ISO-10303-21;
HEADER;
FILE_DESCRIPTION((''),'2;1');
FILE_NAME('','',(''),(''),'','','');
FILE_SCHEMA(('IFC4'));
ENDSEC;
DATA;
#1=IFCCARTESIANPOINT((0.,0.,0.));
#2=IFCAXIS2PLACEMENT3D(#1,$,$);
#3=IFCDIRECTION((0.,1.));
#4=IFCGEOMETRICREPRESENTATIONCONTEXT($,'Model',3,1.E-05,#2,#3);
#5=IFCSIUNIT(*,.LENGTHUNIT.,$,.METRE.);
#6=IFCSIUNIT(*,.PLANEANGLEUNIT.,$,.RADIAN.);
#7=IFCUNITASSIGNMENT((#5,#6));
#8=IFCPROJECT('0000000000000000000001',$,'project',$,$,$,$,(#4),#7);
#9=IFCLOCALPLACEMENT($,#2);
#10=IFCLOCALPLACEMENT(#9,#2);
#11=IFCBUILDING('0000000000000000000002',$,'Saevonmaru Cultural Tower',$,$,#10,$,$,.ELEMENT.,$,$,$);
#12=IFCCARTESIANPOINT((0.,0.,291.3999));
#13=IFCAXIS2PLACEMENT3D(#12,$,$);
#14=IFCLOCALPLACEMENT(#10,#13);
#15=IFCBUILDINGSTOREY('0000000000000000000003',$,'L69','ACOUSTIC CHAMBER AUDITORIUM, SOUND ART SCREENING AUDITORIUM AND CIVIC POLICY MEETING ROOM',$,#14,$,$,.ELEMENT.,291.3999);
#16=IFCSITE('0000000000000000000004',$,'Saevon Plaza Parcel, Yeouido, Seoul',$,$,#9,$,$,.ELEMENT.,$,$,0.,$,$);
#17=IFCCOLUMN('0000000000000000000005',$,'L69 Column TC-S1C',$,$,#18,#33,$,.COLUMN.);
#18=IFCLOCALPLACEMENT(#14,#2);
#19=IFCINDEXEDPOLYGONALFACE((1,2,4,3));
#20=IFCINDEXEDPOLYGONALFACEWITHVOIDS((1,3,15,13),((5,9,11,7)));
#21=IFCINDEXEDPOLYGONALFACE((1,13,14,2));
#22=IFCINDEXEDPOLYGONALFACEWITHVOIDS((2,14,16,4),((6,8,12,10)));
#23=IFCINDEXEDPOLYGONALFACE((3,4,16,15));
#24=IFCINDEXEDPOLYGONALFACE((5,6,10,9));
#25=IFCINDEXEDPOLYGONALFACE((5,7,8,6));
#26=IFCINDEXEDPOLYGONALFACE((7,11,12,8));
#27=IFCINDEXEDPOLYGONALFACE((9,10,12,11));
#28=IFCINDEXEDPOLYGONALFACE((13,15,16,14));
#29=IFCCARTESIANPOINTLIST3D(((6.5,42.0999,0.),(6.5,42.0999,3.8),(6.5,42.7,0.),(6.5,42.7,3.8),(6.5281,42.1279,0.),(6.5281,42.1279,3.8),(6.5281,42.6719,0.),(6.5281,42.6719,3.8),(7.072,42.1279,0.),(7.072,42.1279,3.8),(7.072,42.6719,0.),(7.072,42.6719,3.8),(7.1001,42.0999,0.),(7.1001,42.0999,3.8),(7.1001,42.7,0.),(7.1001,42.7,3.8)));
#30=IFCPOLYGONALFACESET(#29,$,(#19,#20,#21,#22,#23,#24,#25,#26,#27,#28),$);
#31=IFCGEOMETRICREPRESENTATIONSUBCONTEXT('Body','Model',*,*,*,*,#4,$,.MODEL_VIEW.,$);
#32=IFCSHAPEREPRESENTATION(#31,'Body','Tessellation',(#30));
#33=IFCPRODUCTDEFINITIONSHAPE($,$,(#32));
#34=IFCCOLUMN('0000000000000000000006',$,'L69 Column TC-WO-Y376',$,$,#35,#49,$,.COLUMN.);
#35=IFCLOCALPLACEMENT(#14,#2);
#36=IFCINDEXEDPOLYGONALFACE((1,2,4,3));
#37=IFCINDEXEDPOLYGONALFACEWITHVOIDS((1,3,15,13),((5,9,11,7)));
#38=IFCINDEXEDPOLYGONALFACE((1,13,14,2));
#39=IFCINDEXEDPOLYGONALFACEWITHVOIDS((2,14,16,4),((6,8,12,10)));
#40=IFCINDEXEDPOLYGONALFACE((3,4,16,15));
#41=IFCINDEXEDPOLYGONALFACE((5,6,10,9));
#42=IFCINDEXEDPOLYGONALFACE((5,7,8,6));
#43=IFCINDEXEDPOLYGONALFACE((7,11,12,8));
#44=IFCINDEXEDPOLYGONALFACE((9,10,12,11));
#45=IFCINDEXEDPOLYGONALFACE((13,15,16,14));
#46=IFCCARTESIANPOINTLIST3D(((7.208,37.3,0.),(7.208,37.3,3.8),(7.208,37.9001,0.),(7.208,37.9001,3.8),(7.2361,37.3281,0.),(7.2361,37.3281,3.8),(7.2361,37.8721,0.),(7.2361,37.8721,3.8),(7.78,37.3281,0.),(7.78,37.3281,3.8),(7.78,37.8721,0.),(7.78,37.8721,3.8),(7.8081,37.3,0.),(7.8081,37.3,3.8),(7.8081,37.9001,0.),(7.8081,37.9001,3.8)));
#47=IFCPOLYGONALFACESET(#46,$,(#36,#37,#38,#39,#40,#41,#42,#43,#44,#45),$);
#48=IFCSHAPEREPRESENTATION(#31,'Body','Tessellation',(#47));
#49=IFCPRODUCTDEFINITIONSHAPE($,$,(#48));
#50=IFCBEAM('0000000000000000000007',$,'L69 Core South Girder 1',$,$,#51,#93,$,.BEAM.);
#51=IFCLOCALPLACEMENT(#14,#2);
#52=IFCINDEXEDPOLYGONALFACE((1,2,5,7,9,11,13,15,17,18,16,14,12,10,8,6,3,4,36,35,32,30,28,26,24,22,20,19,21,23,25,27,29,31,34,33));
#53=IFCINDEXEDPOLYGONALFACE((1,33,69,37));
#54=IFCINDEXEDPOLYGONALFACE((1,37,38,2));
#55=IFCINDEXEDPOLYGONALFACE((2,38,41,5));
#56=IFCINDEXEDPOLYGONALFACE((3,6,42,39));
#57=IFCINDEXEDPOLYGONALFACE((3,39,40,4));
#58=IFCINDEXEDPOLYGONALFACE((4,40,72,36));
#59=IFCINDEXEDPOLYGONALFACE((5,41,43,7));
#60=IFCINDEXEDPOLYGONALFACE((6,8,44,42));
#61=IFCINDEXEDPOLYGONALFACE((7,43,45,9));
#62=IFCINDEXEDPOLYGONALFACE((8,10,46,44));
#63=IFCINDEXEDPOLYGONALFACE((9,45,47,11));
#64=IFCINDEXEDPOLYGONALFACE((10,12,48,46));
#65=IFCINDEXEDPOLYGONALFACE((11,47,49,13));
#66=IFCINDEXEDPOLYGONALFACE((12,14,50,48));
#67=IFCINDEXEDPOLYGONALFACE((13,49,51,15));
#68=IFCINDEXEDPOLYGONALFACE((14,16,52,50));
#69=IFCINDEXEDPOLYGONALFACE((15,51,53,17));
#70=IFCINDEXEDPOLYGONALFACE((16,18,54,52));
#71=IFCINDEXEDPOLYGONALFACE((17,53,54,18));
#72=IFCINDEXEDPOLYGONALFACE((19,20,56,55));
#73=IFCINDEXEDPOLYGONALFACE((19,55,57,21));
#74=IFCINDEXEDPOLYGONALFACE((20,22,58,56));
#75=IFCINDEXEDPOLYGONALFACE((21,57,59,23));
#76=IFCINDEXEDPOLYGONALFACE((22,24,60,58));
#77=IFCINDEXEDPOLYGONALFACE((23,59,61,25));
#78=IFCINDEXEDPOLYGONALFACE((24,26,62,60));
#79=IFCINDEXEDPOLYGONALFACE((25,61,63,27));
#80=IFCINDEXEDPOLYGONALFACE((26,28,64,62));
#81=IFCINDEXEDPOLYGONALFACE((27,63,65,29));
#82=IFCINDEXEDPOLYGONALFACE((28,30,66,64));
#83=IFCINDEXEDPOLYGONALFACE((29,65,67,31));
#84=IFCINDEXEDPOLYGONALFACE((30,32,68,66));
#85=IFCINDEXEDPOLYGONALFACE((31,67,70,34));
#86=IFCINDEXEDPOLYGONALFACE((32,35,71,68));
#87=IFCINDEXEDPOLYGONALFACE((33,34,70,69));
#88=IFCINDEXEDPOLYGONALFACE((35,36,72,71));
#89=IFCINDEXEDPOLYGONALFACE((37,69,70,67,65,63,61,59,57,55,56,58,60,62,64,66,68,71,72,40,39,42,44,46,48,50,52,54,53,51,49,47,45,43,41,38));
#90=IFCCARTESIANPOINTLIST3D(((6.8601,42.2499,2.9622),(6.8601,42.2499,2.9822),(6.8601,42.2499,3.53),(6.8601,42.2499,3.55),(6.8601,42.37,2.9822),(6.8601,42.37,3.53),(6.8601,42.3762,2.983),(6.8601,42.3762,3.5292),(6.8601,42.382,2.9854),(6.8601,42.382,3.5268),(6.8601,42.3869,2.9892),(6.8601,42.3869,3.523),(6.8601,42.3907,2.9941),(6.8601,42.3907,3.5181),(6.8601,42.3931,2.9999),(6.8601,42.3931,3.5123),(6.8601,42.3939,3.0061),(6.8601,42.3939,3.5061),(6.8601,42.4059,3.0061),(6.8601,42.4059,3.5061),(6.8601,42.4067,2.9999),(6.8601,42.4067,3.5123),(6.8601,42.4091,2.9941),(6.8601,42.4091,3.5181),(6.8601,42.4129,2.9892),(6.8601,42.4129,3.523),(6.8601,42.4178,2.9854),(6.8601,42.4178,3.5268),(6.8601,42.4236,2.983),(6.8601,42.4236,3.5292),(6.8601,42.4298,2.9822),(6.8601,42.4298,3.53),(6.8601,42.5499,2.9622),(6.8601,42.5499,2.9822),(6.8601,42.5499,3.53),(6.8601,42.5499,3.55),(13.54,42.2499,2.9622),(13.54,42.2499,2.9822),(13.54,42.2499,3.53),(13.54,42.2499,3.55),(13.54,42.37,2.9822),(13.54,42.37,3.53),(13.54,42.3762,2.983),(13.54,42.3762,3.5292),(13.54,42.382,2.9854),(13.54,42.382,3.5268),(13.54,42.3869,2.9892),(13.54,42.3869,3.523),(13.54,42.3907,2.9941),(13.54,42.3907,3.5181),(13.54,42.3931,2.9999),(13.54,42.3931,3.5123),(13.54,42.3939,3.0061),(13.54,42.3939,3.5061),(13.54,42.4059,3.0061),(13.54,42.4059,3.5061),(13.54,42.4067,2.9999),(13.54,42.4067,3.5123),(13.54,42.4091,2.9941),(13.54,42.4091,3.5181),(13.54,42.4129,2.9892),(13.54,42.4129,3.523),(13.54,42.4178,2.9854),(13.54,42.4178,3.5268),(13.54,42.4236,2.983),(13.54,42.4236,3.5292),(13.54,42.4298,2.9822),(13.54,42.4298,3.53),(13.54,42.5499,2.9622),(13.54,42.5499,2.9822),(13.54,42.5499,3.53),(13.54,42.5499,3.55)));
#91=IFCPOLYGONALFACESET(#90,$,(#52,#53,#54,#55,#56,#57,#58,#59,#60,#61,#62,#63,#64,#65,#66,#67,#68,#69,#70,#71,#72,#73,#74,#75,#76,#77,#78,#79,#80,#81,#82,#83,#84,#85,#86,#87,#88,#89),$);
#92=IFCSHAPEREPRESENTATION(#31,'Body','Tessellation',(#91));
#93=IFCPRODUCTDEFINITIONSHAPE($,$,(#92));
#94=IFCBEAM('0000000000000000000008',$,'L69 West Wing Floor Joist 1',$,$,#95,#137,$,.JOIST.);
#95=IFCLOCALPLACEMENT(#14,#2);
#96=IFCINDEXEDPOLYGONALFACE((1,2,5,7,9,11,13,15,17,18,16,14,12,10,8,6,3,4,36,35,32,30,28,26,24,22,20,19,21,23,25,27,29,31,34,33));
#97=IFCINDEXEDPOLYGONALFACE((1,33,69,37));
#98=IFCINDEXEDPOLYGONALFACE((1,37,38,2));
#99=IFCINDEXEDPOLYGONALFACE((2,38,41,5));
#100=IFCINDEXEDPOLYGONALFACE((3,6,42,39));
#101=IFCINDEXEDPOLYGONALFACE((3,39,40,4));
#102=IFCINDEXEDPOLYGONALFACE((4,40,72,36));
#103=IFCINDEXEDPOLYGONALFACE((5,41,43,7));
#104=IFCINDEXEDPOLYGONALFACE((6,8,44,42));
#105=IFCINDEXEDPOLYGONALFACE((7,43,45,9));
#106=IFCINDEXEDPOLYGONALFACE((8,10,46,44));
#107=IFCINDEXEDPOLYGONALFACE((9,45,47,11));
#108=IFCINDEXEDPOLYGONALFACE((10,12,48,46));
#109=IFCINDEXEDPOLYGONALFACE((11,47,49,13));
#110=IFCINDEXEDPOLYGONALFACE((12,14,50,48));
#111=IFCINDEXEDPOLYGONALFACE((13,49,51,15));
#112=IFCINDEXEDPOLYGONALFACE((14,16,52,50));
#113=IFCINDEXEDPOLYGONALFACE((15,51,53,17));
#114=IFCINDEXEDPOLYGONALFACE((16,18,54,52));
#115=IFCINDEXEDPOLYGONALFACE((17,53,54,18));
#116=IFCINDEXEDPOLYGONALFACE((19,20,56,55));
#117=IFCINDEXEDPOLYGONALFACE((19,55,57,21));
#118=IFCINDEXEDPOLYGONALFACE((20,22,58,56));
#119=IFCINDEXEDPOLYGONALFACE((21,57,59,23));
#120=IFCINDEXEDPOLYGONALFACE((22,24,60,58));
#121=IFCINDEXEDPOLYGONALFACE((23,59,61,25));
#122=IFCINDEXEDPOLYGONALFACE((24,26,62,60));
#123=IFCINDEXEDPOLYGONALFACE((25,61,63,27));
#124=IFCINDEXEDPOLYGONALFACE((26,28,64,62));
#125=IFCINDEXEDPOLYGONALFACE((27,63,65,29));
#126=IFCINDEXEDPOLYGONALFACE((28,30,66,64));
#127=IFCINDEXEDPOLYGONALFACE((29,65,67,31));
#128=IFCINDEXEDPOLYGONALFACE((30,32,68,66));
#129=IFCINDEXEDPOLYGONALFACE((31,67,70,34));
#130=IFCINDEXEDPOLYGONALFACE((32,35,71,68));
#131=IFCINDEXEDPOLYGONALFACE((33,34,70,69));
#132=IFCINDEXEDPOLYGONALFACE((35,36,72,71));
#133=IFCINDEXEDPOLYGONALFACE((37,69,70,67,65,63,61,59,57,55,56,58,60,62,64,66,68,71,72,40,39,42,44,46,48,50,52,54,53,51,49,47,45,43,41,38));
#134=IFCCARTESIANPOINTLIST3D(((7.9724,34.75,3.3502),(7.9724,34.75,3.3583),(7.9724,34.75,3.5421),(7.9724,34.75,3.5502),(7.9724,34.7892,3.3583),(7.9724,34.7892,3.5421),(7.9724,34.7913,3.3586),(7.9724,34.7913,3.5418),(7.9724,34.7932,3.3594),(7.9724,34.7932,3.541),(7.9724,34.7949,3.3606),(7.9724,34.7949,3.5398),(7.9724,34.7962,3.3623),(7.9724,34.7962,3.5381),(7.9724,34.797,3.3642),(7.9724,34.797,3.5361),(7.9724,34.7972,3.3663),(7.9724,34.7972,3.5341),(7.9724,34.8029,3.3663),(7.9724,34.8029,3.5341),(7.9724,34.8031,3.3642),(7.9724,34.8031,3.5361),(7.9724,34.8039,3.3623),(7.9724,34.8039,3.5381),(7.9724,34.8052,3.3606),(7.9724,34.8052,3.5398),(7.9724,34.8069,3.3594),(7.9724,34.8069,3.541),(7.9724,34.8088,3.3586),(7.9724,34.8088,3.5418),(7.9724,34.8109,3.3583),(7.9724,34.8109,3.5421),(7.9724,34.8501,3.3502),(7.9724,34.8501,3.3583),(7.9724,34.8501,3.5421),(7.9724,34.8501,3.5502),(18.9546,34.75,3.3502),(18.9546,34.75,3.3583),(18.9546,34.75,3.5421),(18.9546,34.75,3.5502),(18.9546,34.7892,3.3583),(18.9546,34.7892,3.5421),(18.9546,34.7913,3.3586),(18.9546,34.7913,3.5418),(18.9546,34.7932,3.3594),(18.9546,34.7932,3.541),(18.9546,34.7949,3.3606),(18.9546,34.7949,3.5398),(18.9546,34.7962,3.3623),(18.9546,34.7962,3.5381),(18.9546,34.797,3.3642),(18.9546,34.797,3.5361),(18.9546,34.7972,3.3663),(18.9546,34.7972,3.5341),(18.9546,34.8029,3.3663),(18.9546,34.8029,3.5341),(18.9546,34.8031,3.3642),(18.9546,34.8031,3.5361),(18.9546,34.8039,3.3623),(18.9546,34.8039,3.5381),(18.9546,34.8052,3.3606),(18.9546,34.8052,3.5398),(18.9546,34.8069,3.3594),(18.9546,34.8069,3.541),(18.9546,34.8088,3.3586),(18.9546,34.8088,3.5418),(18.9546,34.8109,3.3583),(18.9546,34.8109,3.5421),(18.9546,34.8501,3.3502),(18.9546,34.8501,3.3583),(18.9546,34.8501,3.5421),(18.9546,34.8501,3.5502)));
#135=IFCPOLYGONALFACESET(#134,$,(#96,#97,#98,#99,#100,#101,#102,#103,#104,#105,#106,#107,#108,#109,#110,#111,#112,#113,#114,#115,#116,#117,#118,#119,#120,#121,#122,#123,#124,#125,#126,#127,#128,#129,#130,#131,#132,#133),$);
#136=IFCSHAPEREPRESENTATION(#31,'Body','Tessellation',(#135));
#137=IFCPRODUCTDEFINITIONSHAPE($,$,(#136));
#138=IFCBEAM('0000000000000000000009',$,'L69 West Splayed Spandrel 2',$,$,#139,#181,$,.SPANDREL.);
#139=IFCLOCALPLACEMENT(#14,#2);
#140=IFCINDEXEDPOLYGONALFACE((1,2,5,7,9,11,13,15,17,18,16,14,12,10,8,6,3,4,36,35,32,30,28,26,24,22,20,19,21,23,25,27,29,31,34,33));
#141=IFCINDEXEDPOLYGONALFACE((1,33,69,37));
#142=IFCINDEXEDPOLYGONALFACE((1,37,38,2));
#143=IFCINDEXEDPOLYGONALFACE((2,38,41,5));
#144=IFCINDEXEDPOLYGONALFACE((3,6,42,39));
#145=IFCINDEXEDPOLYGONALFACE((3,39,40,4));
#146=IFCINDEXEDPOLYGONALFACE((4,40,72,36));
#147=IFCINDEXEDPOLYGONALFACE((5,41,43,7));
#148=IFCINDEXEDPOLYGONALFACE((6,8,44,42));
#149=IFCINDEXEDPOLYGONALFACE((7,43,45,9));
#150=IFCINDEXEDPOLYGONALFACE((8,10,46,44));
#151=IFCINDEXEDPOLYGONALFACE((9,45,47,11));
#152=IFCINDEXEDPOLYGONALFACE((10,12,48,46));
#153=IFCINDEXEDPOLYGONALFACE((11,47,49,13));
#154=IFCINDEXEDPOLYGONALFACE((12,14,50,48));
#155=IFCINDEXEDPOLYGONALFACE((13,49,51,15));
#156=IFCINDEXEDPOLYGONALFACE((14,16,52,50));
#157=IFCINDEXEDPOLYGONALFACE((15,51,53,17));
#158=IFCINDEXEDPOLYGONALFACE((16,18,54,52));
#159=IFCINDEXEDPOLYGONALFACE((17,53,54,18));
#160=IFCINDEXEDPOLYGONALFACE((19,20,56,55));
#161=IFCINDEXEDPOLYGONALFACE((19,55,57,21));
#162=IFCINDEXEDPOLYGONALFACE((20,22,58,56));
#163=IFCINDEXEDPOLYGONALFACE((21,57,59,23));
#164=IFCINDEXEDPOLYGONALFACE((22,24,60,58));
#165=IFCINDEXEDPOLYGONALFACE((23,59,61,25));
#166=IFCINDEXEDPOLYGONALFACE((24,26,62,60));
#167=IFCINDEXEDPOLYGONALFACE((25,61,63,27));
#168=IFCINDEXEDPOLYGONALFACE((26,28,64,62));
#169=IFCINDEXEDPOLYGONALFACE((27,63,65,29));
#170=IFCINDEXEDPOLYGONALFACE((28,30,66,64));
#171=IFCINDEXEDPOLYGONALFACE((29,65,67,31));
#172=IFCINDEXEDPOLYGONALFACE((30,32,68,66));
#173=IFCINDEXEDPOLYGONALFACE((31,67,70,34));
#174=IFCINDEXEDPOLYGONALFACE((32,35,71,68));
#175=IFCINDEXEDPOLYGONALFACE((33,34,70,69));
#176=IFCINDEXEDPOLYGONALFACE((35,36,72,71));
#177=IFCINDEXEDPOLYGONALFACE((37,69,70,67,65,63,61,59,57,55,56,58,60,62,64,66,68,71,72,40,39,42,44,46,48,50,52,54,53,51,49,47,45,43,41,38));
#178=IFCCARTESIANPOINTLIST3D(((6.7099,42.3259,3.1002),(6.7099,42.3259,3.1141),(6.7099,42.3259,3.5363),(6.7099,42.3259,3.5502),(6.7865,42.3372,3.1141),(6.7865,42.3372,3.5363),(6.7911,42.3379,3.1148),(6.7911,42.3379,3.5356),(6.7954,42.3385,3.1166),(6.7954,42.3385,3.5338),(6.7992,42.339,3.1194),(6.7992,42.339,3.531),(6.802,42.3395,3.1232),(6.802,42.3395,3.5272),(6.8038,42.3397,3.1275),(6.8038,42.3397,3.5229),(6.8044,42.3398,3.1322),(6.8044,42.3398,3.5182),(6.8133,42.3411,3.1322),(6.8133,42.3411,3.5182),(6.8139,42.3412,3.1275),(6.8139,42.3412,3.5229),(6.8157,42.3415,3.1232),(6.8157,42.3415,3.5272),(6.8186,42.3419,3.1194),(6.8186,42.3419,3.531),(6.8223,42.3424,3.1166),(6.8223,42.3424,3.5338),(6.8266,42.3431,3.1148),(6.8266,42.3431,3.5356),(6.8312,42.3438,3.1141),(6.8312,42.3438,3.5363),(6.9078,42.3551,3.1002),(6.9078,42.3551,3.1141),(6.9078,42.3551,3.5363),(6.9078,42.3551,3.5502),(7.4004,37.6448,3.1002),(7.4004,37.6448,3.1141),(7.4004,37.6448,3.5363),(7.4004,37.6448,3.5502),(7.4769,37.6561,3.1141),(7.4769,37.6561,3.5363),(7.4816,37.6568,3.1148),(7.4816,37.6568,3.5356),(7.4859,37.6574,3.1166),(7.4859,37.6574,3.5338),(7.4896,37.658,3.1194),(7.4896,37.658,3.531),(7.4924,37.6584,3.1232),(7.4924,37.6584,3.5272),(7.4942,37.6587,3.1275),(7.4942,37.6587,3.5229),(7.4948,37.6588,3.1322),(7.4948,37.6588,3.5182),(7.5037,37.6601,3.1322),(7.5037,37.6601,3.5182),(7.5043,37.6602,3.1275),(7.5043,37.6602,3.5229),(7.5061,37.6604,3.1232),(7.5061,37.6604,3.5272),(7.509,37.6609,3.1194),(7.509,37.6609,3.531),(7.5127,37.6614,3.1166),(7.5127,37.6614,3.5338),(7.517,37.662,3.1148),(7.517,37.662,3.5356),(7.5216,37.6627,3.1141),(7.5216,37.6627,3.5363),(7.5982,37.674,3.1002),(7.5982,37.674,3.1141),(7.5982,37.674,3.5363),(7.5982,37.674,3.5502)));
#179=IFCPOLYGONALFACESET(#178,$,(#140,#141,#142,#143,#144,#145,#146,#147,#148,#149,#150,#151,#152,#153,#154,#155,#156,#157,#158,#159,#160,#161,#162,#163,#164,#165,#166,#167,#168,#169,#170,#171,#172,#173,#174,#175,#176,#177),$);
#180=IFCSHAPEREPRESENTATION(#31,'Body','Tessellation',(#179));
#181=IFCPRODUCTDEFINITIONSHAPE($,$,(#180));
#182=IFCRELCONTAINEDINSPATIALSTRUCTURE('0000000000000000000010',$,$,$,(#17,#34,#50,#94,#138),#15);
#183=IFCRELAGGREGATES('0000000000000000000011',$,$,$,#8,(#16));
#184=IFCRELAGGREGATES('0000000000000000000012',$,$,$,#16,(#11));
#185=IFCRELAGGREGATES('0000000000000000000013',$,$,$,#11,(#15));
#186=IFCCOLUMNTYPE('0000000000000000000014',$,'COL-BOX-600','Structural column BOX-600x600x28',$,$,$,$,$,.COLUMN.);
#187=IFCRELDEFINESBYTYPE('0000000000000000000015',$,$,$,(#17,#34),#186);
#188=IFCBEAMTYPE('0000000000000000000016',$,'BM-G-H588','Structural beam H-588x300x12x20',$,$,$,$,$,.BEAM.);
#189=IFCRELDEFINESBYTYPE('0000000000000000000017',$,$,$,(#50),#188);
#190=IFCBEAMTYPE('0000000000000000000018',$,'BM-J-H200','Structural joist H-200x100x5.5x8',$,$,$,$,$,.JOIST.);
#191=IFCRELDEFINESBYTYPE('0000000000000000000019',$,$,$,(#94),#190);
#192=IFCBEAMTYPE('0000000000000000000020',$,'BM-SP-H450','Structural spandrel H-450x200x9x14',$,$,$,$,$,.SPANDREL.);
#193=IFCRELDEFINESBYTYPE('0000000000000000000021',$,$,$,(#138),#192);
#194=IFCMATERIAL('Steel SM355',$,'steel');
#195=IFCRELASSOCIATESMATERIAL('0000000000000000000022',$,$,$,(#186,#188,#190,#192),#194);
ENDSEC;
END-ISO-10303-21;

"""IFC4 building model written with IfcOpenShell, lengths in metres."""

from ifc_helpers import new_model, si_unit, direction, frame, origin, origin_2d, place, context, subcontext, project, spatial, hollow_rectangle, i_section, extrude, material, material_profile, profile_set, type_object, element, save


model = new_model("IFC4")

# Units and contexts
model_context = context("Model", 3, precision=1e-05, world=origin(), true_north=direction((0.0, 1.0)))
body_context = subcontext(model_context, "Body", "Model", "MODEL_VIEW")
ifc_project = project(units=[si_unit("LENGTHUNIT", "METRE"), si_unit("PLANEANGLEUNIT", "RADIAN")], contexts=[model_context])

# Site, building, storey
site_placement = place(None, origin())
site = spatial("IfcSite", under=ifc_project, at=site_placement, Name="Saevon Plaza Parcel, Yeouido, Seoul", CompositionType="ELEMENT", RefElevation=0.0)
building_placement = place(site_placement, origin())
building = spatial("IfcBuilding", under=site, at=building_placement, Name="Saevonmaru Cultural Tower", CompositionType="ELEMENT")
storey_placement = place(building_placement, frame((0.0, 0.0, 291.3999)))
storey = spatial("IfcBuildingStorey", under=building, at=storey_placement, Name="L69", Description="ACOUSTIC CHAMBER AUDITORIUM, SOUND ART SCREENING AUDITORIUM AND CIVIC POLICY MEETING ROOM", CompositionType="ELEMENT", Elevation=291.3999)

# Columns
ifc_material_1 = material(Name="Steel SM355", Category="steel")
ifc_material_profile_1 = material_profile(ifc_material_1, hollow_rectangle(XDim=0.6001, YDim=0.6001, WallThickness=0.0281, at=origin_2d()), Name="BOX-600x600x28")
ifc_profile_set_1 = profile_set([ifc_material_profile_1], Name="Steel SM355")
column_type = type_object("IfcColumnType", Name="COL-BOX-600", Description="Structural column BOX-600x600x28", PredefinedType="COLUMN", material=ifc_profile_set_1)
for number, where, z_axis, x_axis, name in (
    (1, (6.8, 42.3999, 0.0), (0.0, 0.0, 1.0), (1.0, 0.0, 0.0), "L69 Column TC-S1C"),
    (2, (7.5081, 37.6001, 0.0), (0.0, 0.0, 1.0), (1.0, 0.0, 0.0), "L69 Column TC-WO-Y376"),
):
    element("IfcColumn", number, at=place(storey_placement, frame(where, z_axis=z_axis, x_axis=x_axis)), inside=storey, type_object=column_type, Name=name, PredefinedType="COLUMN", context=body_context, shape_type="SweptSolid", body=[
        extrude(hollow_rectangle(XDim=0.6001, YDim=0.6001, WallThickness=0.0281, at=origin_2d()), origin(), (0.0, 0.0, 1.0), 3.8),
    ])

# Beams
ifc_material_profile_2 = material_profile(ifc_material_1, i_section(OverallWidth=0.3, OverallDepth=0.5879, WebThickness=0.012, FlangeThickness=0.02, FilletRadius=0.0239, at=origin_2d()), Name="H-588x300x12x20")
ifc_profile_set_2 = profile_set([ifc_material_profile_2], Name="Steel SM355")
beam_type_1 = type_object("IfcBeamType", Name="BM-G-H588", Description="Structural beam H-588x300x12x20", PredefinedType="BEAM", material=ifc_profile_set_2)
beam_1_placement = place(storey_placement, frame((6.8601, 42.3999, 3.2561), z_axis=(1.0, 0.0, 0.0), x_axis=(0.0, 1.0, 0.0)))
element("IfcBeam", 3, at=beam_1_placement, inside=storey, type_object=beam_type_1, Name="L69 Core South Girder 1", PredefinedType="BEAM", context=body_context, shape_type="SweptSolid", body=[
    extrude(i_section(OverallWidth=0.3, OverallDepth=0.5879, WebThickness=0.012, FlangeThickness=0.02, FilletRadius=0.0239, at=origin_2d()), origin(), (0.0, 0.0, 1.0), 6.6799),
])
ifc_material_profile_3 = material_profile(ifc_material_1, i_section(OverallWidth=0.1001, OverallDepth=0.2, WebThickness=0.0056, FlangeThickness=0.0081, FilletRadius=0.0081, at=origin_2d()), Name="H-200x100x5.5x8")
ifc_profile_set_3 = profile_set([ifc_material_profile_3], Name="Steel SM355")
beam_type_2 = type_object("IfcBeamType", Name="BM-J-H200", Description="Structural joist H-200x100x5.5x8", PredefinedType="JOIST", material=ifc_profile_set_3)
beam_2_placement = place(storey_placement, frame((7.9724, 34.8, 3.4502), z_axis=(1.0, 0.0, 0.0), x_axis=(0.0, 1.0, 0.0)))
element("IfcBeam", 4, at=beam_2_placement, inside=storey, type_object=beam_type_2, Name="L69 West Wing Floor Joist 1", PredefinedType="JOIST", context=body_context, shape_type="SweptSolid", body=[
    extrude(i_section(OverallWidth=0.1001, OverallDepth=0.2, WebThickness=0.0056, FlangeThickness=0.0081, FilletRadius=0.0081, at=origin_2d()), origin(), (0.0, 0.0, 1.0), 10.9822),
])
ifc_material_profile_4 = material_profile(ifc_material_1, i_section(OverallWidth=0.2, OverallDepth=0.45, WebThickness=0.009, FlangeThickness=0.0139, FilletRadius=0.0181, at=origin_2d()), Name="H-450x200x9x14")
ifc_profile_set_4 = profile_set([ifc_material_profile_4], Name="Steel SM355")
beam_type_3 = type_object("IfcBeamType", Name="BM-SP-H450", Description="Structural spandrel H-450x200x9x14", PredefinedType="SPANDREL", material=ifc_profile_set_4)
beam_3_placement = place(storey_placement, frame((7.4993, 37.6594, 3.3252), z_axis=(-0.145913, 0.989297, 0.0), x_axis=(-0.989297, -0.145913, 0.0)))
element("IfcBeam", 5, at=beam_3_placement, inside=storey, type_object=beam_type_3, Name="L69 West Splayed Spandrel 2", PredefinedType="SPANDREL", context=body_context, shape_type="SweptSolid", body=[
    extrude(i_section(OverallWidth=0.2, OverallDepth=0.45, WebThickness=0.009, FlangeThickness=0.0139, FilletRadius=0.0181, at=origin_2d()), origin(), (0.0, 0.0, 1.0), 4.7317),
])

save(model, "model.ifc")
